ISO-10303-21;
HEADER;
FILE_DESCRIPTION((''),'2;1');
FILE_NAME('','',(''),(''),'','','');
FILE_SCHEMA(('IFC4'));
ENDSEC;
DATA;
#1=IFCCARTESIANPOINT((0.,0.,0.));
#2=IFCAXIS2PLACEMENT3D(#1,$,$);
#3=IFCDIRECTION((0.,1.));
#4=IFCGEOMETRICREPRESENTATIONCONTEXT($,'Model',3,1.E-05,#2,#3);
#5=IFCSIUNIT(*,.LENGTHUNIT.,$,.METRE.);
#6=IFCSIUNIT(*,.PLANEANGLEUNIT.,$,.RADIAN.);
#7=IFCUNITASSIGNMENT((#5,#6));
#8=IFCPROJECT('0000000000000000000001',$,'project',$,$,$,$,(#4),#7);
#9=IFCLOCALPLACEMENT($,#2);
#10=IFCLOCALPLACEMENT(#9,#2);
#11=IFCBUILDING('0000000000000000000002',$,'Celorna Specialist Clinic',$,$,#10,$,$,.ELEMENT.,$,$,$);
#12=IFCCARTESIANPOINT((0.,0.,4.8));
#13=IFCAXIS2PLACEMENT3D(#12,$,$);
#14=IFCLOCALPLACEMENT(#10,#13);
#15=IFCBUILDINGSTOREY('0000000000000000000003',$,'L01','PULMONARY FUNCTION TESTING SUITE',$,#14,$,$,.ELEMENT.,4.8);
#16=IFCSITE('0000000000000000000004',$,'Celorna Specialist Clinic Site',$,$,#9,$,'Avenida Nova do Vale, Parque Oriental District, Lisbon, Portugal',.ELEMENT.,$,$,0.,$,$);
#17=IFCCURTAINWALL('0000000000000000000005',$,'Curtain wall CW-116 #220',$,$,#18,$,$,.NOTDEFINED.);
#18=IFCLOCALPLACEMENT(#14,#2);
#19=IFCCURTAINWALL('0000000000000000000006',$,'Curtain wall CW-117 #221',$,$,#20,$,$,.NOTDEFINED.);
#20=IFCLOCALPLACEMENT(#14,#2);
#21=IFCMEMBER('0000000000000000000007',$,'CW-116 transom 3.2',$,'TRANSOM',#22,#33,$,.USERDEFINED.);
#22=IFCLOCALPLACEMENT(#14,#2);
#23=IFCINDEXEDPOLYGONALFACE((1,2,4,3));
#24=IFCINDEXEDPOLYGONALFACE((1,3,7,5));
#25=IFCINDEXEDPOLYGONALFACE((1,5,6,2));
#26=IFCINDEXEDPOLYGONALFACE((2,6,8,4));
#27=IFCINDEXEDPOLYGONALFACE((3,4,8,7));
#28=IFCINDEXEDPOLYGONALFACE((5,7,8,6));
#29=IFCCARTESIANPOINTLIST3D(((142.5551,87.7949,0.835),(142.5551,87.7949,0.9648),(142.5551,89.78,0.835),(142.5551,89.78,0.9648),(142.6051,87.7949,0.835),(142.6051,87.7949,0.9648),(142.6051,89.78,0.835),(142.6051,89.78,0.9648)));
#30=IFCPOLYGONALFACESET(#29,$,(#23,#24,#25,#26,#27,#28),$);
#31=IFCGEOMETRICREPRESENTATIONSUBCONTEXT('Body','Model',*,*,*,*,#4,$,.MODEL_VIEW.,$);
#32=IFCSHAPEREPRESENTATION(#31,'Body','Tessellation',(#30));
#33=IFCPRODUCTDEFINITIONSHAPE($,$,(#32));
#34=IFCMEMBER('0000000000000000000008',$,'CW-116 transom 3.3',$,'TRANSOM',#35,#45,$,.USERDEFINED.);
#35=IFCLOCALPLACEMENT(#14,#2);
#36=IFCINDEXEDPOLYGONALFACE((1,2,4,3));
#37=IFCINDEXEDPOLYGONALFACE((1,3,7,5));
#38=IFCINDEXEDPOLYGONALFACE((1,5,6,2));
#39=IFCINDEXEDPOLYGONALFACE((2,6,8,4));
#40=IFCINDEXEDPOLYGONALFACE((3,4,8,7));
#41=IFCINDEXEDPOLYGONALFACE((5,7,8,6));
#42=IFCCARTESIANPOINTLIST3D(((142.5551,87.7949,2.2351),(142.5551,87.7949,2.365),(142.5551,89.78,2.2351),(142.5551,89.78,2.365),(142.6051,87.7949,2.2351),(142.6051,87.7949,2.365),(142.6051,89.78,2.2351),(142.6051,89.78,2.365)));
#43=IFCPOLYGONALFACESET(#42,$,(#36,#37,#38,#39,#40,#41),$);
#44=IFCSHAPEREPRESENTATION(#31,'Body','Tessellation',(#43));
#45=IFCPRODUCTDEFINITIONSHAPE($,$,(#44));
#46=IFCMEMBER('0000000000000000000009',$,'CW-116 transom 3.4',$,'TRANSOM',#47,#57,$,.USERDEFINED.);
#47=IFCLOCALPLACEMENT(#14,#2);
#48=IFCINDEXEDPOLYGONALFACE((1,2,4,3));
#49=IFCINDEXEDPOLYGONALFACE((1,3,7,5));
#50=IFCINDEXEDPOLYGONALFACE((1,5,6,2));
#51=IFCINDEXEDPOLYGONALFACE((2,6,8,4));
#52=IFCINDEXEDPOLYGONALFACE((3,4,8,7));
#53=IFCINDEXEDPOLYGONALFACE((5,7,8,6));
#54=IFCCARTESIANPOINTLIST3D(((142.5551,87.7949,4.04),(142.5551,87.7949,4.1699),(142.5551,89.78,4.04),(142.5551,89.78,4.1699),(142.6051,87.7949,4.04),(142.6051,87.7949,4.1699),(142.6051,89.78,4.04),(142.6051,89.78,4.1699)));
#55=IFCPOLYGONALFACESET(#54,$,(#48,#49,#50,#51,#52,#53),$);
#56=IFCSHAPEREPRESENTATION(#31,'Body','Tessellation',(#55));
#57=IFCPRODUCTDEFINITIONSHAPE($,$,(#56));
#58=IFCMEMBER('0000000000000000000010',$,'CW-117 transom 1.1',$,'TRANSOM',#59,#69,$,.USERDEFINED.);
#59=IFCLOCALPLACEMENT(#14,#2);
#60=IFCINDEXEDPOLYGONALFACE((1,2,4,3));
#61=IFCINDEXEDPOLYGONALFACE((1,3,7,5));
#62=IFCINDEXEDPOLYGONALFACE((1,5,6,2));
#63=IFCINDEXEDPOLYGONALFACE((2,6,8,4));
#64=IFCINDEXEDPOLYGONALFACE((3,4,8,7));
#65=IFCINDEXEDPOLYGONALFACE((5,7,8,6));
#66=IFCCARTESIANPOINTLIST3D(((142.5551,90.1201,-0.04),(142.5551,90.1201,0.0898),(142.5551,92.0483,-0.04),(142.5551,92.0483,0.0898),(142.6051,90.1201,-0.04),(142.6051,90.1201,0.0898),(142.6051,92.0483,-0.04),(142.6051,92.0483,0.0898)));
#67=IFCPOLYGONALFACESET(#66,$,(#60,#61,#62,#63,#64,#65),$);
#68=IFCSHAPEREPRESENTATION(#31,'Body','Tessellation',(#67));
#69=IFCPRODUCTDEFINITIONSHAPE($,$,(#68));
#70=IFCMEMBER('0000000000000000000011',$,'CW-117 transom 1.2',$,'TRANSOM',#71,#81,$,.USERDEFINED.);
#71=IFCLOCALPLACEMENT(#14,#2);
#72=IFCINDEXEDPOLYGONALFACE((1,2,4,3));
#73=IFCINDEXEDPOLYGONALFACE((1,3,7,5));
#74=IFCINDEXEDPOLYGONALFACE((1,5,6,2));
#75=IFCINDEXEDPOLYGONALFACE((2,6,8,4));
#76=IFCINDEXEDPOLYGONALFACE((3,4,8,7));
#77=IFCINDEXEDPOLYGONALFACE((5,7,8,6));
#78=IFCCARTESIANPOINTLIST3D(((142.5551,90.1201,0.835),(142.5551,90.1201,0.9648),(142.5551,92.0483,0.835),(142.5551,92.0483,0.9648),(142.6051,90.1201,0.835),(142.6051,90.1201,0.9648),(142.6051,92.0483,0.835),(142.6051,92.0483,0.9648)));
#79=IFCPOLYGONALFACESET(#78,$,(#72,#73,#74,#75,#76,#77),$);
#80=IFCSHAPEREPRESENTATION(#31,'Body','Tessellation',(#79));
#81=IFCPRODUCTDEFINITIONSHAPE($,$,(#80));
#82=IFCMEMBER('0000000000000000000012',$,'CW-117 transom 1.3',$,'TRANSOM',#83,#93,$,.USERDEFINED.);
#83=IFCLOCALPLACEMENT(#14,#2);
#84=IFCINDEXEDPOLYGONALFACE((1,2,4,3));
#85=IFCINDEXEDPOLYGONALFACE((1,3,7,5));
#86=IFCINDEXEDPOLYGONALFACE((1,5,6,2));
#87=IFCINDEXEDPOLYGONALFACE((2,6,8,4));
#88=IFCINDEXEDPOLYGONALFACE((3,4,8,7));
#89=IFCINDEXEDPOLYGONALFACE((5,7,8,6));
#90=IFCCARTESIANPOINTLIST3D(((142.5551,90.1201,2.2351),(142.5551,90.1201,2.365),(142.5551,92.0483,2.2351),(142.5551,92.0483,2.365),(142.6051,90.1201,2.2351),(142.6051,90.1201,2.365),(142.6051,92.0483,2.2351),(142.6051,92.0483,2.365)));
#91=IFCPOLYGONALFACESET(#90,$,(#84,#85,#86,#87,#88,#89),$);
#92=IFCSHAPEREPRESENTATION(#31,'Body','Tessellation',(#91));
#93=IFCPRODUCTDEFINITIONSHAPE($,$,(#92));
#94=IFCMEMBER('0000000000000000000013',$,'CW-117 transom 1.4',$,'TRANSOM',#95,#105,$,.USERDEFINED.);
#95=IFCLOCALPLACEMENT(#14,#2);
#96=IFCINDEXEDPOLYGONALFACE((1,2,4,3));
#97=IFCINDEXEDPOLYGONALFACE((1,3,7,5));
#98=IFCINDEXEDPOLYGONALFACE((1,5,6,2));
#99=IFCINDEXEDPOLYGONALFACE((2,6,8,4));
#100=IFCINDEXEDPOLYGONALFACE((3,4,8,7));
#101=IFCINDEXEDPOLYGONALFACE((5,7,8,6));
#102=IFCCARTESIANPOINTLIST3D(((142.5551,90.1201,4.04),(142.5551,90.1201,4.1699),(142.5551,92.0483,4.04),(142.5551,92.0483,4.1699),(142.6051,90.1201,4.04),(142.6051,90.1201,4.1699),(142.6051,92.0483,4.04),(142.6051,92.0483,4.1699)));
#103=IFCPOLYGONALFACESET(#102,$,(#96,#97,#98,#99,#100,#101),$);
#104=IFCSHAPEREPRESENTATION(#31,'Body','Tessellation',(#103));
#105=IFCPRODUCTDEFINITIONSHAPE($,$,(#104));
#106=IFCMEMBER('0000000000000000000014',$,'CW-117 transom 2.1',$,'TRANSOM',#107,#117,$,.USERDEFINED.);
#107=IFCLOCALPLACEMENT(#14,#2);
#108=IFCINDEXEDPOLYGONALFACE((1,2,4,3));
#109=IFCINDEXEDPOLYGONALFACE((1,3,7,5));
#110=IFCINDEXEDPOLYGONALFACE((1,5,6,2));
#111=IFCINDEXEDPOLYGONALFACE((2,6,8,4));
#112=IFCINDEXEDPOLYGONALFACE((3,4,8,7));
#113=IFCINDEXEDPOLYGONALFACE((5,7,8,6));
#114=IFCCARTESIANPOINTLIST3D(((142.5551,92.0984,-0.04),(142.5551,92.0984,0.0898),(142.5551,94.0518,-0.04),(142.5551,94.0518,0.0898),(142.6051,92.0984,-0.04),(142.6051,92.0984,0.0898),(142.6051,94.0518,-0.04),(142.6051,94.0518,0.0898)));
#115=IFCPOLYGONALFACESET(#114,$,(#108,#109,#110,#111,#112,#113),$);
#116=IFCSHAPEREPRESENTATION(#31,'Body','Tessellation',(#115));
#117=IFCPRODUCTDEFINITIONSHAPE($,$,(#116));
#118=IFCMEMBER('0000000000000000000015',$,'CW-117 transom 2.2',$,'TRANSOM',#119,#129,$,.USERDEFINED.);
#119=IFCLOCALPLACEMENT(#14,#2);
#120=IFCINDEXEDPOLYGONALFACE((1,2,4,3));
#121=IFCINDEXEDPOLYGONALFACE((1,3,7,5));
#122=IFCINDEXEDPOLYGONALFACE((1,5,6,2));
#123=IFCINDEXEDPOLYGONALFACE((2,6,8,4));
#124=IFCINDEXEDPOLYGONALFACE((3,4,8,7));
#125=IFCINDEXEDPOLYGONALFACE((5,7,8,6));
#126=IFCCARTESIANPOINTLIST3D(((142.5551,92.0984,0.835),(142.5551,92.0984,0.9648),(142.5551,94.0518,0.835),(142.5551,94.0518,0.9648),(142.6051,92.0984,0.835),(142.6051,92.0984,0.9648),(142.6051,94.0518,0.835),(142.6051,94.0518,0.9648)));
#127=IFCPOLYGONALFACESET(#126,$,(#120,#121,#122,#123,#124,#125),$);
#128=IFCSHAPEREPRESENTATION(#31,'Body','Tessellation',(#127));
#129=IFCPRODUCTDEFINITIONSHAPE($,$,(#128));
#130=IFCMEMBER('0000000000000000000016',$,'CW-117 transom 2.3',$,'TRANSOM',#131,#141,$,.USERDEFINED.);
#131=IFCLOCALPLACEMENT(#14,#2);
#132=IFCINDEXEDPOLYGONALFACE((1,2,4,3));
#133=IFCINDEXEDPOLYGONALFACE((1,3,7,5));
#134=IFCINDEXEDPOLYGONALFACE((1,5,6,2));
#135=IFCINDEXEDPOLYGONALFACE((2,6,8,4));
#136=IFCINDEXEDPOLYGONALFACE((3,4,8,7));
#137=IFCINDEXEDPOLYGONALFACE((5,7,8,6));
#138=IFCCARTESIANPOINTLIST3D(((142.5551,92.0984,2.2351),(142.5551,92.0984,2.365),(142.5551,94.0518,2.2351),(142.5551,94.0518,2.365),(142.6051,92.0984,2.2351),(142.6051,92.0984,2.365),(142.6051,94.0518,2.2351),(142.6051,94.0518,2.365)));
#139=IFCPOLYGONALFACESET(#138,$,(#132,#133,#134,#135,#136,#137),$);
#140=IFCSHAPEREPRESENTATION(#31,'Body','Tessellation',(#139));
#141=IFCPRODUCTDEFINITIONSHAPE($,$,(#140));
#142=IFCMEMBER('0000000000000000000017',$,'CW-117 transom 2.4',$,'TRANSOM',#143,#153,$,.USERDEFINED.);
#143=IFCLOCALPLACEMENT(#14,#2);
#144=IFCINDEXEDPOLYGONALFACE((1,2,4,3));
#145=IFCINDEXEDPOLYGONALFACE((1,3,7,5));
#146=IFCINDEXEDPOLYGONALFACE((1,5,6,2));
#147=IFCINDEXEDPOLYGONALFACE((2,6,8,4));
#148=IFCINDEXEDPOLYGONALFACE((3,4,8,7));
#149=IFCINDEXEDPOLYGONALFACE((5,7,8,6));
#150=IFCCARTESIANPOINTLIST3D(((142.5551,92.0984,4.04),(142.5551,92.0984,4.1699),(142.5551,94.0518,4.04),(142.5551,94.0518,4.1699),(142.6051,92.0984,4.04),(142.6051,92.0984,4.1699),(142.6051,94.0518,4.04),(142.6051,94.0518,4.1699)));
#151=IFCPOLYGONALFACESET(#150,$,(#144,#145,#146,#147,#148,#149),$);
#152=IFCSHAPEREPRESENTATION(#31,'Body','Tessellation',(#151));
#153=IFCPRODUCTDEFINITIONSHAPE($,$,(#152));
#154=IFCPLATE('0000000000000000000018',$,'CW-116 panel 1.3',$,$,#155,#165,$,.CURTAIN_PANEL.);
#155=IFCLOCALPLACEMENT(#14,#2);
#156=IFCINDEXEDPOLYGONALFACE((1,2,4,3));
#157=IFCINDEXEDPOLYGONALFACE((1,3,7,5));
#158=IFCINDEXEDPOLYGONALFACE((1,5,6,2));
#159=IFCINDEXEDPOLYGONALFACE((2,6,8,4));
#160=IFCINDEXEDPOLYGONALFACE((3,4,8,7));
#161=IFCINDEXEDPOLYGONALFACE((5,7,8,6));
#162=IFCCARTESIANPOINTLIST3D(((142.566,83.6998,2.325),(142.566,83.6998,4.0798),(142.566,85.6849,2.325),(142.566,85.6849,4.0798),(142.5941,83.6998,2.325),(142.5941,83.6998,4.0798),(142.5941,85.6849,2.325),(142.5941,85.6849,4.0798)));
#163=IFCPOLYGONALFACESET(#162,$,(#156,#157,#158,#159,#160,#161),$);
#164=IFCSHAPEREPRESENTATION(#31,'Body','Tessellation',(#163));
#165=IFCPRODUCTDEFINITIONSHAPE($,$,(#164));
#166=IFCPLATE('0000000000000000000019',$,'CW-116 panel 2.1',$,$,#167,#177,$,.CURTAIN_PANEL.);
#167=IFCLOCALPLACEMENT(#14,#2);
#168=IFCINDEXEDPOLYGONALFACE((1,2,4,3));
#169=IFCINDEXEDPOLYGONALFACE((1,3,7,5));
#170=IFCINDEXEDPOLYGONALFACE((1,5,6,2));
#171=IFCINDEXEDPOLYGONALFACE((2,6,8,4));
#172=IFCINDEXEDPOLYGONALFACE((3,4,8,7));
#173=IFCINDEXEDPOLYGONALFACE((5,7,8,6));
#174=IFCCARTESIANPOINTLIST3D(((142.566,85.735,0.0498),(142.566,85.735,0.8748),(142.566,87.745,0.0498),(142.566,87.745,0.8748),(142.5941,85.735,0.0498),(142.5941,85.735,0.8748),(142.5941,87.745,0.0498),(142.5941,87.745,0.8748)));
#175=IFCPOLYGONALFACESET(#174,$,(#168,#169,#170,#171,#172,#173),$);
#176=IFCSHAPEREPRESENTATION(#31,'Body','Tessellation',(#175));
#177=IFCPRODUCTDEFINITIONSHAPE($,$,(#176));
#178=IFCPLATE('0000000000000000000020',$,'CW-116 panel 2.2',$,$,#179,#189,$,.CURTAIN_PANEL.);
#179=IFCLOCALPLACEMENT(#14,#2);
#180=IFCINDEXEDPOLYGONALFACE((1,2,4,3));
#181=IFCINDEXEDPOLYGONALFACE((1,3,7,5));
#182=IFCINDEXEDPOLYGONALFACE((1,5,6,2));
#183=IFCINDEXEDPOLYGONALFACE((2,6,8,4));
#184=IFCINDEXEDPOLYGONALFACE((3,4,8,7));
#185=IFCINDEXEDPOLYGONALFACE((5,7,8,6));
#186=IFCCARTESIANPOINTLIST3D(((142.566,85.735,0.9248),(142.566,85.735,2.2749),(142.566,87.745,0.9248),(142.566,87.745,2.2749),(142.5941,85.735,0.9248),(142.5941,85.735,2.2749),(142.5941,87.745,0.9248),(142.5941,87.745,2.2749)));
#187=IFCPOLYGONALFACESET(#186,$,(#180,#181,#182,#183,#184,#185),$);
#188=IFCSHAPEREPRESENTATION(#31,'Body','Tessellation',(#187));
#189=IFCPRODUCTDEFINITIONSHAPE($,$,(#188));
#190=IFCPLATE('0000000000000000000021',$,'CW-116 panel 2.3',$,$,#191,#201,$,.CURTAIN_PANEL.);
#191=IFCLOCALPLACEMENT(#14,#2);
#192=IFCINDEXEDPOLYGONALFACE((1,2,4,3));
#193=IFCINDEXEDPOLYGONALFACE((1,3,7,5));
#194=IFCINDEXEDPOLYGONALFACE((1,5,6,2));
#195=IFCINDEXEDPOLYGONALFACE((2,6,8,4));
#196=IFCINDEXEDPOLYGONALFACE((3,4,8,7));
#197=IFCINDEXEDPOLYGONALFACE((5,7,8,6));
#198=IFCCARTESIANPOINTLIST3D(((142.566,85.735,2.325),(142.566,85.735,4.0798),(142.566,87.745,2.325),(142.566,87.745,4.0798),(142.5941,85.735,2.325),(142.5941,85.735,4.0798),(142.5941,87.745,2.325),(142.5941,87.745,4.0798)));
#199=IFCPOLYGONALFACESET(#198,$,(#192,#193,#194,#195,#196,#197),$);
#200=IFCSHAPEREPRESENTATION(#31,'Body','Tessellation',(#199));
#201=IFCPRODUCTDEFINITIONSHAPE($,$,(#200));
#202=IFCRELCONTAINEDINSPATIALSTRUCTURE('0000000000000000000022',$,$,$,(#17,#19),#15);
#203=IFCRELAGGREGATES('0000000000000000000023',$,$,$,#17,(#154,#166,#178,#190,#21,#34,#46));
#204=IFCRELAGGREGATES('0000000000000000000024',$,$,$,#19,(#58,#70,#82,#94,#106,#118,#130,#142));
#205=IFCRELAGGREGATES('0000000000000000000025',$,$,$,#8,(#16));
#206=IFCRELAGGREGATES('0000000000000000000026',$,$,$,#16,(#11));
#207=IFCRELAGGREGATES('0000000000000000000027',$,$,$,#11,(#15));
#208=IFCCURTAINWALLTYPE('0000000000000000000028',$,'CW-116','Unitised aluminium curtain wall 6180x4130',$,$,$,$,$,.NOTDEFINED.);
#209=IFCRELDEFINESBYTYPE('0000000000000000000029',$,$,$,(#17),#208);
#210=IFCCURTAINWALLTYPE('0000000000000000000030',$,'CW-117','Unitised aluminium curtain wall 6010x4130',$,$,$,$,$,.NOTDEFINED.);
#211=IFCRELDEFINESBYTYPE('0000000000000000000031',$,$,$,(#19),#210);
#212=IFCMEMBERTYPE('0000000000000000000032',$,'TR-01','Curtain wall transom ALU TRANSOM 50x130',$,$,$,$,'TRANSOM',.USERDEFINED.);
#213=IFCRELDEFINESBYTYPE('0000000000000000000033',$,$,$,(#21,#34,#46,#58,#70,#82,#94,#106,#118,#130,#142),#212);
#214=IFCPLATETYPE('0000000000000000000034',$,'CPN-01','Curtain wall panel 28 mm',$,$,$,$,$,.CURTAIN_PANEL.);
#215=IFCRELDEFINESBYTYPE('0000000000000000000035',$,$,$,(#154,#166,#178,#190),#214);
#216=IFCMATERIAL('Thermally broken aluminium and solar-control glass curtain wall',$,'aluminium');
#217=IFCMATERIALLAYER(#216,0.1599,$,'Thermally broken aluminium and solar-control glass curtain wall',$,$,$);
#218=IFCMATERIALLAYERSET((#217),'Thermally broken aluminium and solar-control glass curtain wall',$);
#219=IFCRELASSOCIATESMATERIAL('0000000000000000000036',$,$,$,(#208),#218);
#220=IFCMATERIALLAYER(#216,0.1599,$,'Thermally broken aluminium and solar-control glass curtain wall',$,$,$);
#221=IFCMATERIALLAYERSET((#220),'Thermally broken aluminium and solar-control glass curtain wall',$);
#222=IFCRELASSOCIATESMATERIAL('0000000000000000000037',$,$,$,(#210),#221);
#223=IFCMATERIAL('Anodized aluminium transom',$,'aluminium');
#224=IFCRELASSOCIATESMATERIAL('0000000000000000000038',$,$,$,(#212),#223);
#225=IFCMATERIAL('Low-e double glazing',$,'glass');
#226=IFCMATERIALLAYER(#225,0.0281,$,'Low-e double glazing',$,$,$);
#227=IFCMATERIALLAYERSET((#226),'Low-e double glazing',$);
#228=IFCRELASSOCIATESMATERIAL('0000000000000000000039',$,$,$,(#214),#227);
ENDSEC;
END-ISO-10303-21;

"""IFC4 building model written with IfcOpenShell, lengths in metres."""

from ifc_helpers import new_model, si_unit, direction, frame, origin, origin_2d, place, context, subcontext, project, spatial, rectangle, extrude, material, layer, layer_set, material_profile, profile_set, type_object, element, aggregate, save


model = new_model("IFC4")

# Units and contexts
model_context = context("Model", 3, precision=1e-05, world=origin(), true_north=direction((0.0, 1.0)))
body_context = subcontext(model_context, "Body", "Model", "MODEL_VIEW")
ifc_project = project(units=[si_unit("LENGTHUNIT", "METRE"), si_unit("PLANEANGLEUNIT", "RADIAN")], contexts=[model_context])

# Site, building, storey
site_placement = place(None, origin())
site = spatial("IfcSite", under=ifc_project, at=site_placement, Name="Celorna Specialist Clinic Site", LongName="Avenida Nova do Vale, Parque Oriental District, Lisbon, Portugal", CompositionType="ELEMENT", RefElevation=0.0)
building_placement = place(site_placement, origin())
building = spatial("IfcBuilding", under=site, at=building_placement, Name="Celorna Specialist Clinic", CompositionType="ELEMENT")
storey_placement = place(building_placement, frame((0.0, 0.0, 4.8)))
storey = spatial("IfcBuildingStorey", under=building, at=storey_placement, Name="L01", Description="PULMONARY FUNCTION TESTING SUITE", CompositionType="ELEMENT", Elevation=4.8)

# Curtain walls
ifc_material_1 = material(Name="Thermally broken aluminium and solar-control glass curtain wall", Category="aluminium")
ifc_layer_1 = layer(ifc_material_1, 0.1599, Name="Thermally broken aluminium and solar-control glass curtain wall")
ifc_layer_set_1 = layer_set([ifc_layer_1], Name="Thermally broken aluminium and solar-control glass curtain wall")
curtain_wall_type_1 = type_object("IfcCurtainWallType", Name="CW-116", Description="Unitised aluminium curtain wall 6180x4130", PredefinedType="NOTDEFINED", material=ifc_layer_set_1)
curtain_wall_1_placement = place(storey_placement, origin())
curtain_wall_1 = element("IfcCurtainWall", 1, at=curtain_wall_1_placement, inside=storey, type_object=curtain_wall_type_1, Name="Curtain wall CW-116 #220", PredefinedType="NOTDEFINED")
ifc_layer_2 = layer(ifc_material_1, 0.1599, Name="Thermally broken aluminium and solar-control glass curtain wall")
ifc_layer_set_2 = layer_set([ifc_layer_2], Name="Thermally broken aluminium and solar-control glass curtain wall")
curtain_wall_type_2 = type_object("IfcCurtainWallType", Name="CW-117", Description="Unitised aluminium curtain wall 6010x4130", PredefinedType="NOTDEFINED", material=ifc_layer_set_2)
curtain_wall_2_placement = place(storey_placement, origin())
curtain_wall_2 = element("IfcCurtainWall", 2, at=curtain_wall_2_placement, inside=storey, type_object=curtain_wall_type_2, Name="Curtain wall CW-117 #221", PredefinedType="NOTDEFINED")

# Members
ifc_material_2 = material(Name="Anodized aluminium transom", Category="aluminium")
ifc_material_profile_1 = material_profile(ifc_material_2, rectangle(XDim=0.05, YDim=0.1299, at=origin_2d()), Name="ALU TRANSOM 50x130")
ifc_profile_set_1 = profile_set([ifc_material_profile_1], Name="Anodized aluminium transom")
member_type_1 = type_object("IfcMemberType", Name="TR-01", Description="Curtain wall transom ALU TRANSOM 50x130", ElementType="TRANSOM", PredefinedType="USERDEFINED", material=ifc_profile_set_1)
member_1_placement = place(storey_placement, frame((142.5801, 87.7949, 0.8999), z_axis=(0.0, 1.0, 0.0), x_axis=(-1.0, 0.0, 0.0)))
member_1 = element("IfcMember", 3, at=member_1_placement, type_object=member_type_1, Name="CW-116 transom 3.2", ObjectType="TRANSOM", PredefinedType="USERDEFINED", context=body_context, shape_type="SweptSolid", body=[
    extrude(rectangle(XDim=0.05, YDim=0.1299, at=origin_2d()), origin(), (0.0, 0.0, 1.0), 1.9851),
])
member_2_placement = place(storey_placement, frame((142.5801, 87.7949, 2.3), z_axis=(0.0, 1.0, 0.0), x_axis=(-1.0, 0.0, 0.0)))
member_2 = element("IfcMember", 4, at=member_2_placement, type_object=member_type_1, Name="CW-116 transom 3.3", ObjectType="TRANSOM", PredefinedType="USERDEFINED", context=body_context, shape_type="SweptSolid", body=[
    extrude(rectangle(XDim=0.05, YDim=0.1299, at=origin_2d()), origin(), (0.0, 0.0, 1.0), 1.9851),
])
member_3_placement = place(storey_placement, frame((142.5801, 87.7949, 4.105), z_axis=(0.0, 1.0, 0.0), x_axis=(-1.0, 0.0, 0.0)))
member_3 = element("IfcMember", 5, at=member_3_placement, type_object=member_type_1, Name="CW-116 transom 3.4", ObjectType="TRANSOM", PredefinedType="USERDEFINED", context=body_context, shape_type="SweptSolid", body=[
    extrude(rectangle(XDim=0.05, YDim=0.1299, at=origin_2d()), origin(), (0.0, 0.0, 1.0), 1.9851),
])
member_4_placement = place(storey_placement, frame((142.5801, 90.1201, 0.0249), z_axis=(0.0, 1.0, 0.0), x_axis=(-1.0, 0.0, 0.0)))
member_4 = element("IfcMember", 6, at=member_4_placement, type_object=member_type_1, Name="CW-117 transom 1.1", ObjectType="TRANSOM", PredefinedType="USERDEFINED", context=body_context, shape_type="SweptSolid", body=[
    extrude(rectangle(XDim=0.05, YDim=0.1299, at=origin_2d()), origin(), (0.0, 0.0, 1.0), 1.9282),
])
member_5_placement = place(storey_placement, frame((142.5801, 90.1201, 0.8999), z_axis=(0.0, 1.0, 0.0), x_axis=(-1.0, 0.0, 0.0)))
member_5 = element("IfcMember", 7, at=member_5_placement, type_object=member_type_1, Name="CW-117 transom 1.2", ObjectType="TRANSOM", PredefinedType="USERDEFINED", context=body_context, shape_type="SweptSolid", body=[
    extrude(rectangle(XDim=0.05, YDim=0.1299, at=origin_2d()), origin(), (0.0, 0.0, 1.0), 1.9282),
])
member_6_placement = place(storey_placement, frame((142.5801, 90.1201, 2.3), z_axis=(0.0, 1.0, 0.0), x_axis=(-1.0, 0.0, 0.0)))
member_6 = element("IfcMember", 8, at=member_6_placement, type_object=member_type_1, Name="CW-117 transom 1.3", ObjectType="TRANSOM", PredefinedType="USERDEFINED", context=body_context, shape_type="SweptSolid", body=[
    extrude(rectangle(XDim=0.05, YDim=0.1299, at=origin_2d()), origin(), (0.0, 0.0, 1.0), 1.9282),
])
member_7_placement = place(storey_placement, frame((142.5801, 90.1201, 4.105), z_axis=(0.0, 1.0, 0.0), x_axis=(-1.0, 0.0, 0.0)))
member_7 = element("IfcMember", 9, at=member_7_placement, type_object=member_type_1, Name="CW-117 transom 1.4", ObjectType="TRANSOM", PredefinedType="USERDEFINED", context=body_context, shape_type="SweptSolid", body=[
    extrude(rectangle(XDim=0.05, YDim=0.1299, at=origin_2d()), origin(), (0.0, 0.0, 1.0), 1.9282),
])
member_8_placement = place(storey_placement, frame((142.5801, 92.0984, 0.0249), z_axis=(0.0, 1.0, 0.0), x_axis=(-1.0, 0.0, 0.0)))
member_8 = element("IfcMember", 10, at=member_8_placement, type_object=member_type_1, Name="CW-117 transom 2.1", ObjectType="TRANSOM", PredefinedType="USERDEFINED", context=body_context, shape_type="SweptSolid", body=[
    extrude(rectangle(XDim=0.05, YDim=0.1299, at=origin_2d()), origin(), (0.0, 0.0, 1.0), 1.9534),
])
member_9_placement = place(storey_placement, frame((142.5801, 92.0984, 0.8999), z_axis=(0.0, 1.0, 0.0), x_axis=(-1.0, 0.0, 0.0)))
member_9 = element("IfcMember", 11, at=member_9_placement, type_object=member_type_1, Name="CW-117 transom 2.2", ObjectType="TRANSOM", PredefinedType="USERDEFINED", context=body_context, shape_type="SweptSolid", body=[
    extrude(rectangle(XDim=0.05, YDim=0.1299, at=origin_2d()), origin(), (0.0, 0.0, 1.0), 1.9534),
])
member_10_placement = place(storey_placement, frame((142.5801, 92.0984, 2.3), z_axis=(0.0, 1.0, 0.0), x_axis=(-1.0, 0.0, 0.0)))
member_10 = element("IfcMember", 12, at=member_10_placement, type_object=member_type_1, Name="CW-117 transom 2.3", ObjectType="TRANSOM", PredefinedType="USERDEFINED", context=body_context, shape_type="SweptSolid", body=[
    extrude(rectangle(XDim=0.05, YDim=0.1299, at=origin_2d()), origin(), (0.0, 0.0, 1.0), 1.9534),
])
member_11_placement = place(storey_placement, frame((142.5801, 92.0984, 4.105), z_axis=(0.0, 1.0, 0.0), x_axis=(-1.0, 0.0, 0.0)))
member_11 = element("IfcMember", 13, at=member_11_placement, type_object=member_type_1, Name="CW-117 transom 2.4", ObjectType="TRANSOM", PredefinedType="USERDEFINED", context=body_context, shape_type="SweptSolid", body=[
    extrude(rectangle(XDim=0.05, YDim=0.1299, at=origin_2d()), origin(), (0.0, 0.0, 1.0), 1.9534),
])

# Plates
ifc_material_3 = material(Name="Low-e double glazing", Category="glass")
ifc_layer_3 = layer(ifc_material_3, 0.0281, Name="Low-e double glazing")
ifc_layer_set_3 = layer_set([ifc_layer_3], Name="Low-e double glazing")
plate_type_1 = type_object("IfcPlateType", Name="CPN-01", Description="Curtain wall panel 28 mm", PredefinedType="CURTAIN_PANEL", material=ifc_layer_set_3)
plate_1_placement = place(storey_placement, frame((142.5801, 84.6924, 2.325), z_axis=(0.0, 0.0, 1.0), x_axis=(0.0, 1.0, 0.0)))
plate_1 = element("IfcPlate", 14, at=plate_1_placement, type_object=plate_type_1, Name="CW-116 panel 1.3", PredefinedType="CURTAIN_PANEL", context=body_context, shape_type="SweptSolid", body=[
    extrude(rectangle(XDim=1.9851, YDim=0.0281, at=origin_2d()), origin(), (0.0, 0.0, 1.0), 1.7549),
])
plate_2_placement = place(storey_placement, frame((142.5801, 86.74, 0.0498), z_axis=(0.0, 0.0, 1.0), x_axis=(0.0, 1.0, 0.0)))
plate_2 = element("IfcPlate", 15, at=plate_2_placement, type_object=plate_type_1, Name="CW-116 panel 2.1", PredefinedType="CURTAIN_PANEL", context=body_context, shape_type="SweptSolid", body=[
    extrude(rectangle(XDim=2.01, YDim=0.0281, at=origin_2d()), origin(), (0.0, 0.0, 1.0), 0.825),
])
plate_3_placement = place(storey_placement, frame((142.5801, 86.74, 0.9248), z_axis=(0.0, 0.0, 1.0), x_axis=(0.0, 1.0, 0.0)))
plate_3 = element("IfcPlate", 16, at=plate_3_placement, type_object=plate_type_1, Name="CW-116 panel 2.2", PredefinedType="CURTAIN_PANEL", context=body_context, shape_type="SweptSolid", body=[
    extrude(rectangle(XDim=2.01, YDim=0.0281, at=origin_2d()), origin(), (0.0, 0.0, 1.0), 1.3501),
])
plate_4_placement = place(storey_placement, frame((142.5801, 86.74, 2.325), z_axis=(0.0, 0.0, 1.0), x_axis=(0.0, 1.0, 0.0)))
plate_4 = element("IfcPlate", 17, at=plate_4_placement, type_object=plate_type_1, Name="CW-116 panel 2.3", PredefinedType="CURTAIN_PANEL", context=body_context, shape_type="SweptSolid", body=[
    extrude(rectangle(XDim=2.01, YDim=0.0281, at=origin_2d()), origin(), (0.0, 0.0, 1.0), 1.7549),
])
aggregate(curtain_wall_1, [plate_1, plate_2, plate_3, plate_4, member_1, member_2, member_3])
aggregate(curtain_wall_2, [member_4, member_5, member_6, member_7, member_8, member_9, member_10, member_11])

save(model, "model.ifc")
